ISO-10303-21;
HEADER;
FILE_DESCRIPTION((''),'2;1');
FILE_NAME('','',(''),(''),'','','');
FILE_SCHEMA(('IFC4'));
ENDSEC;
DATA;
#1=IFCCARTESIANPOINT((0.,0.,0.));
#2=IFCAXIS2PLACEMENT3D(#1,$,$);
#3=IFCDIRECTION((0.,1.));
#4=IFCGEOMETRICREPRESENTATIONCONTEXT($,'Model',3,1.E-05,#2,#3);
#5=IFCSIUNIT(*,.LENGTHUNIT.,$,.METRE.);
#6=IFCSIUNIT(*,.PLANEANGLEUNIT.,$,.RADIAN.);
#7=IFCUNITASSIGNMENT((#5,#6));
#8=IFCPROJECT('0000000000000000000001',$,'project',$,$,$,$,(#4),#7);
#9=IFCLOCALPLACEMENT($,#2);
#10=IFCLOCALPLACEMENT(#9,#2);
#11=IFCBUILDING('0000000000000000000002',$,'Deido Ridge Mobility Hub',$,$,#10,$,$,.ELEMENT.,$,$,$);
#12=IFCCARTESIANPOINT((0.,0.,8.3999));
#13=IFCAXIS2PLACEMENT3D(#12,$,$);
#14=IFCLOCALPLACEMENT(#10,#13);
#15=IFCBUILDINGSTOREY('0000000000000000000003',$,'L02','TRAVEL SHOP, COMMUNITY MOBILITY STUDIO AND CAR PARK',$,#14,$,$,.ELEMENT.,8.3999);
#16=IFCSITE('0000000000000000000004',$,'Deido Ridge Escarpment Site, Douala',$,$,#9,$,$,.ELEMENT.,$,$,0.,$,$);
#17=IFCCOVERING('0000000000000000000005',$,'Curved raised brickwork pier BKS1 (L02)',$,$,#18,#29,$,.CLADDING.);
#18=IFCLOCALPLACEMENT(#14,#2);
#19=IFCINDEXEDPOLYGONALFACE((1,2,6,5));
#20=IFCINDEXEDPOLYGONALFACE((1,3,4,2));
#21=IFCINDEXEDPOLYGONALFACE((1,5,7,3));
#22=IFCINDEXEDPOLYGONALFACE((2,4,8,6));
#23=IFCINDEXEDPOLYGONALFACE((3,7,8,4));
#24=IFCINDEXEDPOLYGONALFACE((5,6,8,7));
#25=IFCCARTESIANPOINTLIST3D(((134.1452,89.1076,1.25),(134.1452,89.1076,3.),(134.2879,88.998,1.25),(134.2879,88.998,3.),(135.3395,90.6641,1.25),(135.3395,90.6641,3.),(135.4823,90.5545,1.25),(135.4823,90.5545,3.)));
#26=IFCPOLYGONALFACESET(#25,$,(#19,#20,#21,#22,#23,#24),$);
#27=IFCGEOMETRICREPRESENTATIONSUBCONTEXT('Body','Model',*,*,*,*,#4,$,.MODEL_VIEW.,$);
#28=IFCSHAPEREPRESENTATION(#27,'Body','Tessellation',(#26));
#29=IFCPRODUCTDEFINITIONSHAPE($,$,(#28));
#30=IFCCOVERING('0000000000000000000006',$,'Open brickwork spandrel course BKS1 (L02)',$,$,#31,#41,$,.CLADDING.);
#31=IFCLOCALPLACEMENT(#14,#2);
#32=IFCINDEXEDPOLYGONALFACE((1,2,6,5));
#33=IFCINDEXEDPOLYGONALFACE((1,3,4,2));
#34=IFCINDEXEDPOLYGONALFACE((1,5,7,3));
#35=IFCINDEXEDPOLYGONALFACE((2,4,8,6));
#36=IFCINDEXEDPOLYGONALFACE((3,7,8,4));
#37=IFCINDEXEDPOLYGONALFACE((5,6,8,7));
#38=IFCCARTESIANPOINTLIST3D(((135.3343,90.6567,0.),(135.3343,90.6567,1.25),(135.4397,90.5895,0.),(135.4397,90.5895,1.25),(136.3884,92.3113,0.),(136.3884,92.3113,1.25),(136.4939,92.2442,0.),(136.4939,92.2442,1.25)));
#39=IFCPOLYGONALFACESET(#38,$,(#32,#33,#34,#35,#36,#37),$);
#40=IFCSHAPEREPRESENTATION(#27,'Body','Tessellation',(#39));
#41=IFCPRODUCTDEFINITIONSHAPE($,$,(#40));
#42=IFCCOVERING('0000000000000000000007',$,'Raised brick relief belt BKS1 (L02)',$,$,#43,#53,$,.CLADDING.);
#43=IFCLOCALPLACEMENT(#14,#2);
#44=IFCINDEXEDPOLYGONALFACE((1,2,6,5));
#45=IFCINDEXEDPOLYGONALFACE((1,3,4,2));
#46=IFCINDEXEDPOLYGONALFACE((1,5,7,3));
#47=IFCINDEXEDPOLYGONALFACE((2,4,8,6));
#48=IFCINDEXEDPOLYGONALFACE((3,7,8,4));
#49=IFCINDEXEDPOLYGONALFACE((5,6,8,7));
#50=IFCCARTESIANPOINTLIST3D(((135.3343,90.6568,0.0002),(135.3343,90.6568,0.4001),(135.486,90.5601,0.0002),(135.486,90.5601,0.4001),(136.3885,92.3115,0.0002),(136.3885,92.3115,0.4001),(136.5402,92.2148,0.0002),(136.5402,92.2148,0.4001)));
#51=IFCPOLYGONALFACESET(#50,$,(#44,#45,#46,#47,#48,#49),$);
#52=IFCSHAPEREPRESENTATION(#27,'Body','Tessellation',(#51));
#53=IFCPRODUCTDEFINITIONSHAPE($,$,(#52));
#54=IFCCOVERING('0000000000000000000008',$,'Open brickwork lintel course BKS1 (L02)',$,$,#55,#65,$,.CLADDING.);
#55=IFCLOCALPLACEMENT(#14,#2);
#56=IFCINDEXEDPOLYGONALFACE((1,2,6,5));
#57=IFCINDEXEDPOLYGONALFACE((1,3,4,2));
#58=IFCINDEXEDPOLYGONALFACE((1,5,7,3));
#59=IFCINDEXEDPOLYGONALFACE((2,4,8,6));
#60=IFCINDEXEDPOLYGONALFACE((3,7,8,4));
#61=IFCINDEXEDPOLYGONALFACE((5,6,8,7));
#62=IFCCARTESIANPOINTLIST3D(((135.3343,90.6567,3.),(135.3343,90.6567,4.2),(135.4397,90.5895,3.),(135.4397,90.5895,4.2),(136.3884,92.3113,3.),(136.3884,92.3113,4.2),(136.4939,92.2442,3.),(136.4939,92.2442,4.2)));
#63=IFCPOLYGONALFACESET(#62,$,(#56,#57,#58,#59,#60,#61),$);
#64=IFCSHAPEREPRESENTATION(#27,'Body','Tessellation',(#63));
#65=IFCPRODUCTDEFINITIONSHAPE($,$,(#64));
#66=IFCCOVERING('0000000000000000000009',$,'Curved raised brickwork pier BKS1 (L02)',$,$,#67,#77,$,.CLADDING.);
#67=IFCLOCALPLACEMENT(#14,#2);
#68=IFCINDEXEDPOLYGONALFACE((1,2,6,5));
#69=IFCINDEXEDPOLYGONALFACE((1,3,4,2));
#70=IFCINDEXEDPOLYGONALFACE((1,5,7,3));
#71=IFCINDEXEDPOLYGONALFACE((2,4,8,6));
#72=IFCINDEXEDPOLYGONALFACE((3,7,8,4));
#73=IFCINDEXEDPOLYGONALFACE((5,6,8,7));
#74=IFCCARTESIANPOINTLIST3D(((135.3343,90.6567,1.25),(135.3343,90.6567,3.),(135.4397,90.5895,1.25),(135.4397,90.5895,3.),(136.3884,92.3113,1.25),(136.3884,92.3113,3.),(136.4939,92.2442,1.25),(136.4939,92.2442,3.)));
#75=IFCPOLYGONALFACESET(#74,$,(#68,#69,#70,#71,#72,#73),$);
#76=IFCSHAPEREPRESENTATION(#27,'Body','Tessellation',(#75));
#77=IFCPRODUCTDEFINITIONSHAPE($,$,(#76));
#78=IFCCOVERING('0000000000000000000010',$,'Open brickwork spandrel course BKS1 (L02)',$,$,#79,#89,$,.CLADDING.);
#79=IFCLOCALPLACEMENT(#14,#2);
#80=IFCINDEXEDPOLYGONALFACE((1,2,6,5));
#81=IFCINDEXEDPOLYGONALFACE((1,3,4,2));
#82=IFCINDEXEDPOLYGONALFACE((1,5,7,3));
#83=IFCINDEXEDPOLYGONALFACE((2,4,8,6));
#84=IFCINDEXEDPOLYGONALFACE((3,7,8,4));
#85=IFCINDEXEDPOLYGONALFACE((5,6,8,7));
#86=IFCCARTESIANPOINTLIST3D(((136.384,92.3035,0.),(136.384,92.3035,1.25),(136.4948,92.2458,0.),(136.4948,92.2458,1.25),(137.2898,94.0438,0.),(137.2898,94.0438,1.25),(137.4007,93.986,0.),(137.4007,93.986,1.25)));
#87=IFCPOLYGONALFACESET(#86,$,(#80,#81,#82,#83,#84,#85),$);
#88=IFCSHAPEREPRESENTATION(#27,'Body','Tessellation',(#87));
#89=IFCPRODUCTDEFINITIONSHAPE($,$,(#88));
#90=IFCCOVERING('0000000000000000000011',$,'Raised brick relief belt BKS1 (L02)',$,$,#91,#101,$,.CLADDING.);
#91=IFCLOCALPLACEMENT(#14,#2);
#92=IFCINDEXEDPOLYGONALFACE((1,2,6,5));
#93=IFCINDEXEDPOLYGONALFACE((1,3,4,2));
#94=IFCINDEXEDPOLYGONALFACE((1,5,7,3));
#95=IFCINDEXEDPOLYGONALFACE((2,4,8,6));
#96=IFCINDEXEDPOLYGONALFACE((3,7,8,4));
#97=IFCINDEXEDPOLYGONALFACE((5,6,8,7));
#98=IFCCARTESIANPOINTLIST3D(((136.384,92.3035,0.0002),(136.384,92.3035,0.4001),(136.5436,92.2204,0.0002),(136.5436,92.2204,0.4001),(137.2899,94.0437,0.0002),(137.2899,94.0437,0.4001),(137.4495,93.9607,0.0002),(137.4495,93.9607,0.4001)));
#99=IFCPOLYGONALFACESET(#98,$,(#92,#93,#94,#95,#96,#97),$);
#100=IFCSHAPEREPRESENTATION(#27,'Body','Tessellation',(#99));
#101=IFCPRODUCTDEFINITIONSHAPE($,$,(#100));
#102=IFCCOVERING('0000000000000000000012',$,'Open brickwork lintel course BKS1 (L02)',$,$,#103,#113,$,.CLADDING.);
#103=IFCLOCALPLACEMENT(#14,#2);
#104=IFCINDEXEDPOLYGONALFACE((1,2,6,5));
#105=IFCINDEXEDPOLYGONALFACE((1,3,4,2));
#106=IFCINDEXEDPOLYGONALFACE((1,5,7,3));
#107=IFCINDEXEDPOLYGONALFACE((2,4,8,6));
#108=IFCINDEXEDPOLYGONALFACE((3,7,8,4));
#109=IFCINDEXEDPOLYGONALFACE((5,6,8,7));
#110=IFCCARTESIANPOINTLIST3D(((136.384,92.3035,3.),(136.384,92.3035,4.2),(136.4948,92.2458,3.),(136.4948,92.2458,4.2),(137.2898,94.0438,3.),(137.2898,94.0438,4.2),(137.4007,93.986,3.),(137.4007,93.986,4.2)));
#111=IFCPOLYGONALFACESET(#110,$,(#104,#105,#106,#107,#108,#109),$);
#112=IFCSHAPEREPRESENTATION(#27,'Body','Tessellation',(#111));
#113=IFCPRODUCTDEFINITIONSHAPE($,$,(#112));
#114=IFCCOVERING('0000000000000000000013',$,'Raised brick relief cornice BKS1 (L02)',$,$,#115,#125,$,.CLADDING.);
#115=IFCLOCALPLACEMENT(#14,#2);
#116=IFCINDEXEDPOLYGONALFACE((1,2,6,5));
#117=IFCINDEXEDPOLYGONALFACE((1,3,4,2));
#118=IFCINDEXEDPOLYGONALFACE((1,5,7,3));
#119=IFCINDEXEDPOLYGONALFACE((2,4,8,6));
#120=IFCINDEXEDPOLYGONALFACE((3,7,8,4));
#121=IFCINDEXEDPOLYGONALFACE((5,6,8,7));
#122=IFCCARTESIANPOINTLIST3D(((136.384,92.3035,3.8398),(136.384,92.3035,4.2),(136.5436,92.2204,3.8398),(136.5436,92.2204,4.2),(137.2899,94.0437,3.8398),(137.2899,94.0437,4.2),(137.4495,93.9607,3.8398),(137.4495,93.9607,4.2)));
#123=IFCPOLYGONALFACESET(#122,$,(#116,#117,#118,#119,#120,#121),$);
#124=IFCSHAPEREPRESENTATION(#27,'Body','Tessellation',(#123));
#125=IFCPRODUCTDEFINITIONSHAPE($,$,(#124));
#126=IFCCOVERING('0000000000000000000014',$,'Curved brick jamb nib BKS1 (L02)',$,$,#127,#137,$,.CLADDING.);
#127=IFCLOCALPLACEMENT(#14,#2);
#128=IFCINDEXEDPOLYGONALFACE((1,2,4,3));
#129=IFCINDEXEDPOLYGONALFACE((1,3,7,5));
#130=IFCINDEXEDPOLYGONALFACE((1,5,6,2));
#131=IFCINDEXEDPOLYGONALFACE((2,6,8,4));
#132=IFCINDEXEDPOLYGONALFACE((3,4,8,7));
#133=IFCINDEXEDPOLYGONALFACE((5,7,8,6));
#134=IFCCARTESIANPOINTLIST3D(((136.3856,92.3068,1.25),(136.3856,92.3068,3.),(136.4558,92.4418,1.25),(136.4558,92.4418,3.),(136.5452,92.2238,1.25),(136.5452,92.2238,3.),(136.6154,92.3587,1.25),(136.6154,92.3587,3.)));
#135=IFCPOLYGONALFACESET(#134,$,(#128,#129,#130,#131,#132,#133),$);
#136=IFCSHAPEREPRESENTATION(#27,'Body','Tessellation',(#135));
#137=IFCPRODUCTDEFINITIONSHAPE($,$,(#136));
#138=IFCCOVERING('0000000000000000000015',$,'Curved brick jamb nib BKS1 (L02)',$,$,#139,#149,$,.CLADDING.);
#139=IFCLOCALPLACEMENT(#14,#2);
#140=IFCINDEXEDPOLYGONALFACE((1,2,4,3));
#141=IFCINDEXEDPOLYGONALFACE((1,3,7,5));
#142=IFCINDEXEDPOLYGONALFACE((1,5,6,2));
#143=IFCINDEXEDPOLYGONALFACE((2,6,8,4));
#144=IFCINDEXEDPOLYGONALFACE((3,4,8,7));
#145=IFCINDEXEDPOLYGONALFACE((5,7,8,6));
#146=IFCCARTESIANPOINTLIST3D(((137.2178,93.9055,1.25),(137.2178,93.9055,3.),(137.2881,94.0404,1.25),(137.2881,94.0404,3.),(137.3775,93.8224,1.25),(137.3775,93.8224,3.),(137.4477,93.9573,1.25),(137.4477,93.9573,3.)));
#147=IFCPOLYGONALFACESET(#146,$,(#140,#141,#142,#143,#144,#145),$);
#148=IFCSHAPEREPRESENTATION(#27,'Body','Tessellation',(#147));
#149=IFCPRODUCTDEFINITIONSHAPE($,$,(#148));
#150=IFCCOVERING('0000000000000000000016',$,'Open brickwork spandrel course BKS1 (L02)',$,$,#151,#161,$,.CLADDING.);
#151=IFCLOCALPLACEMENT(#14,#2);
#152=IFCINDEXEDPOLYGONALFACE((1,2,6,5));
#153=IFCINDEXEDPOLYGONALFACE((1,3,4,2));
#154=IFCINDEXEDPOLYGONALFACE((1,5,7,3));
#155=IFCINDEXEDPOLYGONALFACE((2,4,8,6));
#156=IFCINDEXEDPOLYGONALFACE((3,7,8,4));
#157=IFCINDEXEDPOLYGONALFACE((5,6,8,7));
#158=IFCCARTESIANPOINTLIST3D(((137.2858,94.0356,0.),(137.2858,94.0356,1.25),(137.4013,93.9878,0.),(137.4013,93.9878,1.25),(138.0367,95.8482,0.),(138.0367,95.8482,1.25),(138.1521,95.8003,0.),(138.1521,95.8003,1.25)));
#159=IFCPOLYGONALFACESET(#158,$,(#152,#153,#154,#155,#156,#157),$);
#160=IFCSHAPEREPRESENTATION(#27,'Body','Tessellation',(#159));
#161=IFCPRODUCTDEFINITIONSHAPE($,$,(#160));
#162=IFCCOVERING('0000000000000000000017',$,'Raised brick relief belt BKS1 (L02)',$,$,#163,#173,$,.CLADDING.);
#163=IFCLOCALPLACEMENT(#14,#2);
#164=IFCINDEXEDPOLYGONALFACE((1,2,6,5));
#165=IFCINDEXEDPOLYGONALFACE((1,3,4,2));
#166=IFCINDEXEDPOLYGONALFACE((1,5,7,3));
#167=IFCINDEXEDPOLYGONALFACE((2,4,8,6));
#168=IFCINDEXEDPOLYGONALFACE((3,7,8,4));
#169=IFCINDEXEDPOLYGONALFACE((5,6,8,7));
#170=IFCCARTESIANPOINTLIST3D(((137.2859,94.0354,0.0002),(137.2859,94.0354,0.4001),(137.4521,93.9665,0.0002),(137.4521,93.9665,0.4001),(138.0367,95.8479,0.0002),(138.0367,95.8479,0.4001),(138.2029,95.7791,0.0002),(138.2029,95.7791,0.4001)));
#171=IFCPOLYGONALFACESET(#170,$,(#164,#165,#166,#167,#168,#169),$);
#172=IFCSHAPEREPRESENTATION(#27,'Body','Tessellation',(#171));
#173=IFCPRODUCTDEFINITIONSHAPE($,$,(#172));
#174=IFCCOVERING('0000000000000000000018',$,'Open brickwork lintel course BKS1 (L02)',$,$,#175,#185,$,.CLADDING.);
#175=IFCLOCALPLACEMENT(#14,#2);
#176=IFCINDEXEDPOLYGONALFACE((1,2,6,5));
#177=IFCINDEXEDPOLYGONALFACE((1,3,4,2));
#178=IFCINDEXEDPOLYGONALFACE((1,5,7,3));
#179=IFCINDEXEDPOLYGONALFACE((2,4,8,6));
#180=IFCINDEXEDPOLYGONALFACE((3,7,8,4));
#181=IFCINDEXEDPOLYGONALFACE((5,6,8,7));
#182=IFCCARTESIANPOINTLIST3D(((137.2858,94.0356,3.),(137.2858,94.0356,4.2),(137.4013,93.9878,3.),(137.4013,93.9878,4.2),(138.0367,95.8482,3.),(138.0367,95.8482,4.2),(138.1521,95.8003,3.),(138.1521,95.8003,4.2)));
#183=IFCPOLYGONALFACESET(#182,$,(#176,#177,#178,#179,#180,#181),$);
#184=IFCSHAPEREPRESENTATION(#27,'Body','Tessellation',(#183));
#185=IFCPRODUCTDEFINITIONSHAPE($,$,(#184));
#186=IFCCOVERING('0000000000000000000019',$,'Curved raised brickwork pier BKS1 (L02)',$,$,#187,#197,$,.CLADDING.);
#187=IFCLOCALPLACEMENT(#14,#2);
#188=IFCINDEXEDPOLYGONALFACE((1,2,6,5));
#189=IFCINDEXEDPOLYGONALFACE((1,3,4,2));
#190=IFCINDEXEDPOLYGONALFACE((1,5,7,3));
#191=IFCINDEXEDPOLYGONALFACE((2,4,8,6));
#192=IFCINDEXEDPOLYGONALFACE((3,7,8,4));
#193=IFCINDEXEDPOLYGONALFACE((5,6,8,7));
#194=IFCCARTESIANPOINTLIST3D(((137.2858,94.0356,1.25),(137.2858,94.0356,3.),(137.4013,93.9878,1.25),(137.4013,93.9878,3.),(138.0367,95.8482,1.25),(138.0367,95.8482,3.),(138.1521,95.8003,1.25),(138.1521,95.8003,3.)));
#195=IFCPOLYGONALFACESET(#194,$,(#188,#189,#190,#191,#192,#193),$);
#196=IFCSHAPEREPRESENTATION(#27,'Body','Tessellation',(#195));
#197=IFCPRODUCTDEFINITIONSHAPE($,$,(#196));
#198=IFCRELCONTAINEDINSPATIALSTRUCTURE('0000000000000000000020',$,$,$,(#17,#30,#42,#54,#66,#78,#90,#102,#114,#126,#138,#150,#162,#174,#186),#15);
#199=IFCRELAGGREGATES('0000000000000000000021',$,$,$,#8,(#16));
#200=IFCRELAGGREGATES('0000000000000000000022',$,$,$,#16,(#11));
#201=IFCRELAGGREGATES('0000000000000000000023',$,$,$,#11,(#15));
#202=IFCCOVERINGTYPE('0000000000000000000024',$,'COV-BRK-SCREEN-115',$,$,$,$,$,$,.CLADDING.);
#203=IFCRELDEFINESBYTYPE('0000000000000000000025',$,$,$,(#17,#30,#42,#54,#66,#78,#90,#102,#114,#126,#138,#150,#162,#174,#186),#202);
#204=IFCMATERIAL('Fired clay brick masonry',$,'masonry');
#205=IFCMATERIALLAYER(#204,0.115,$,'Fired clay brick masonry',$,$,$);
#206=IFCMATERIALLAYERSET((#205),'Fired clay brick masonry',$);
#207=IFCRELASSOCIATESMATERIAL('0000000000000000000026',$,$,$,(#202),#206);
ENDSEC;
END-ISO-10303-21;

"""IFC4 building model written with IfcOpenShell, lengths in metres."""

from ifc_helpers import new_model, si_unit, direction, frame, origin, origin_2d, place, context, subcontext, project, spatial, rectangle, extrude, material, layer, layer_set, type_object, element, save


model = new_model("IFC4")

# Units and contexts
model_context = context("Model", 3, precision=1e-05, world=origin(), true_north=direction((0.0, 1.0)))
body_context = subcontext(model_context, "Body", "Model", "MODEL_VIEW")
ifc_project = project(units=[si_unit("LENGTHUNIT", "METRE"), si_unit("PLANEANGLEUNIT", "RADIAN")], contexts=[model_context])

# Site, building, storey
site_placement = place(None, origin())
site = spatial("IfcSite", under=ifc_project, at=site_placement, Name="Deido Ridge Escarpment Site, Douala", CompositionType="ELEMENT", RefElevation=0.0)
building_placement = place(site_placement, origin())
building = spatial("IfcBuilding", under=site, at=building_placement, Name="Deido Ridge Mobility Hub", CompositionType="ELEMENT")
storey_placement = place(building_placement, frame((0.0, 0.0, 8.3999)))
storey = spatial("IfcBuildingStorey", under=building, at=storey_placement, Name="L02", Description="TRAVEL SHOP, COMMUNITY MOBILITY STUDIO AND CAR PARK", CompositionType="ELEMENT", Elevation=8.3999)

# Coverings
ifc_material_1 = material(Name="Fired clay brick masonry", Category="masonry")
ifc_layer = layer(ifc_material_1, 0.115, Name="Fired clay brick masonry")
ifc_layer_set = layer_set([ifc_layer], Name="Fired clay brick masonry")
covering_type = type_object("IfcCoveringType", Name="COV-BRK-SCREEN-115", PredefinedType="CLADDING", material=ifc_layer_set)
covering_1_placement = place(storey_placement, frame((134.8137, 89.8311, 1.25), z_axis=(0.0, 0.0, 1.0), x_axis=(0.608761, 0.793353, 0.0)))
element("IfcCovering", 1, at=covering_1_placement, inside=storey, type_object=covering_type, Name="Curved raised brickwork pier BKS1 (L02)", PredefinedType="CLADDING", context=body_context, shape_type="SweptSolid", body=[
    extrude(rectangle(XDim=1.9619, YDim=0.1799, at=origin_2d()), origin(), (0.0, 0.0, 1.0), 1.75),
])
covering_2_placement = place(storey_placement, frame((135.9141, 91.4504, 0.0), z_axis=(0.0, 0.0, 1.0), x_axis=(0.537314, 0.843382, 0.0)))
element("IfcCovering", 2, at=covering_2_placement, inside=storey, type_object=covering_type, Name="Open brickwork spandrel course BKS1 (L02)", PredefinedType="CLADDING", context=body_context, shape_type="SweptSolid", body=[
    extrude(rectangle(XDim=1.9619, YDim=0.125, at=origin_2d()), origin(), (0.0, 0.0, 1.0), 1.25),
])
covering_3_placement = place(storey_placement, frame((135.9373, 91.4358, 0.0002), z_axis=(0.0, 0.0, 1.0), x_axis=(0.537314, 0.843382, 0.0)))
element("IfcCovering", 3, at=covering_3_placement, inside=storey, type_object=covering_type, Name="Raised brick relief belt BKS1 (L02)", PredefinedType="CLADDING", context=body_context, shape_type="SweptSolid", body=[
    extrude(rectangle(XDim=1.9619, YDim=0.1799, at=origin_2d()), origin(), (0.0, 0.0, 1.0), 0.3999),
])
covering_4_placement = place(storey_placement, frame((135.9141, 91.4504, 3.0), z_axis=(0.0, 0.0, 1.0), x_axis=(0.537314, 0.843382, 0.0)))
element("IfcCovering", 4, at=covering_4_placement, inside=storey, type_object=covering_type, Name="Open brickwork lintel course BKS1 (L02)", PredefinedType="CLADDING", context=body_context, shape_type="SweptSolid", body=[
    extrude(rectangle(XDim=1.9619, YDim=0.125, at=origin_2d()), origin(), (0.0, 0.0, 1.0), 1.2),
])
covering_5_placement = place(storey_placement, frame((135.9141, 91.4504, 1.25), z_axis=(0.0, 0.0, 1.0), x_axis=(0.537314, 0.843382, 0.0)))
element("IfcCovering", 5, at=covering_5_placement, inside=storey, type_object=covering_type, Name="Curved raised brickwork pier BKS1 (L02)", PredefinedType="CLADDING", context=body_context, shape_type="SweptSolid", body=[
    extrude(rectangle(XDim=1.9619, YDim=0.125, at=origin_2d()), origin(), (0.0, 0.0, 1.0), 1.75),
])
covering_6_placement = place(storey_placement, frame((136.8923, 93.1448, 0.0), z_axis=(0.0, 0.0, 1.0), x_axis=(0.461733, 0.887019, 0.0)))
element("IfcCovering", 6, at=covering_6_placement, inside=storey, type_object=covering_type, Name="Open brickwork spandrel course BKS1 (L02)", PredefinedType="CLADDING", context=body_context, shape_type="SweptSolid", body=[
    extrude(rectangle(XDim=1.9619, YDim=0.125, at=origin_2d()), origin(), (0.0, 0.0, 1.0), 1.25),
])
covering_7_placement = place(storey_placement, frame((136.9167, 93.1321, 0.0002), z_axis=(0.0, 0.0, 1.0), x_axis=(0.461733, 0.887019, 0.0)))
element("IfcCovering", 7, at=covering_7_placement, inside=storey, type_object=covering_type, Name="Raised brick relief belt BKS1 (L02)", PredefinedType="CLADDING", context=body_context, shape_type="SweptSolid", body=[
    extrude(rectangle(XDim=1.9619, YDim=0.1799, at=origin_2d()), origin(), (0.0, 0.0, 1.0), 0.3999),
])
covering_8_placement = place(storey_placement, frame((136.8923, 93.1448, 3.0), z_axis=(0.0, 0.0, 1.0), x_axis=(0.461733, 0.887019, 0.0)))
element("IfcCovering", 8, at=covering_8_placement, inside=storey, type_object=covering_type, Name="Open brickwork lintel course BKS1 (L02)", PredefinedType="CLADDING", context=body_context, shape_type="SweptSolid", body=[
    extrude(rectangle(XDim=1.9619, YDim=0.125, at=origin_2d()), origin(), (0.0, 0.0, 1.0), 1.2),
])
covering_9_placement = place(storey_placement, frame((136.9167, 93.1321, 3.8398), z_axis=(0.0, 0.0, 1.0), x_axis=(0.461733, 0.887019, 0.0)))
element("IfcCovering", 9, at=covering_9_placement, inside=storey, type_object=covering_type, Name="Raised brick relief cornice BKS1 (L02)", PredefinedType="CLADDING", context=body_context, shape_type="SweptSolid", body=[
    extrude(rectangle(XDim=1.9619, YDim=0.1799, at=origin_2d()), origin(), (0.0, 0.0, 1.0), 0.3601),
])
for number, where, z_axis, x_axis, name in (
    (10, (136.5005, 92.3328, 1.25), (0.0, 0.0, 1.0), (0.461733, 0.887019, 0.0), "Curved brick jamb nib BKS1 (L02)"),
    (11, (137.3328, 93.9314, 1.25), (0.0, 0.0, 1.0), (0.461733, 0.887019, 0.0), "Curved brick jamb nib BKS1 (L02)"),
):
    element("IfcCovering", number, at=place(storey_placement, frame(where, z_axis=z_axis, x_axis=x_axis)), inside=storey, type_object=covering_type, Name=name, PredefinedType="CLADDING", context=body_context, shape_type="SweptSolid", body=[
        extrude(rectangle(XDim=0.1521, YDim=0.1799, at=origin_2d()), origin(), (0.0, 0.0, 1.0), 1.75),
    ])
covering_10_placement = place(storey_placement, frame((137.719, 94.918, 0.0), z_axis=(0.0, 0.0, 1.0), x_axis=(0.3827, 0.923873, 0.0)))
element("IfcCovering", 12, at=covering_10_placement, inside=storey, type_object=covering_type, Name="Open brickwork spandrel course BKS1 (L02)", PredefinedType="CLADDING", context=body_context, shape_type="SweptSolid", body=[
    extrude(rectangle(XDim=1.9619, YDim=0.125, at=origin_2d()), origin(), (0.0, 0.0, 1.0), 1.25),
])
covering_11_placement = place(storey_placement, frame((137.7444, 94.9072, 0.0002), z_axis=(0.0, 0.0, 1.0), x_axis=(0.3827, 0.923873, 0.0)))
element("IfcCovering", 13, at=covering_11_placement, inside=storey, type_object=covering_type, Name="Raised brick relief belt BKS1 (L02)", PredefinedType="CLADDING", context=body_context, shape_type="SweptSolid", body=[
    extrude(rectangle(XDim=1.9619, YDim=0.1799, at=origin_2d()), origin(), (0.0, 0.0, 1.0), 0.3999),
])
covering_12_placement = place(storey_placement, frame((137.719, 94.918, 3.0), z_axis=(0.0, 0.0, 1.0), x_axis=(0.3827, 0.923873, 0.0)))
element("IfcCovering", 14, at=covering_12_placement, inside=storey, type_object=covering_type, Name="Open brickwork lintel course BKS1 (L02)", PredefinedType="CLADDING", context=body_context, shape_type="SweptSolid", body=[
    extrude(rectangle(XDim=1.9619, YDim=0.125, at=origin_2d()), origin(), (0.0, 0.0, 1.0), 1.2),
])
covering_13_placement = place(storey_placement, frame((137.719, 94.918, 1.25), z_axis=(0.0, 0.0, 1.0), x_axis=(0.3827, 0.923873, 0.0)))
element("IfcCovering", 15, at=covering_13_placement, inside=storey, type_object=covering_type, Name="Curved raised brickwork pier BKS1 (L02)", PredefinedType="CLADDING", context=body_context, shape_type="SweptSolid", body=[
    extrude(rectangle(XDim=1.9619, YDim=0.125, at=origin_2d()), origin(), (0.0, 0.0, 1.0), 1.75),
])

save(model, "model.ifc")
